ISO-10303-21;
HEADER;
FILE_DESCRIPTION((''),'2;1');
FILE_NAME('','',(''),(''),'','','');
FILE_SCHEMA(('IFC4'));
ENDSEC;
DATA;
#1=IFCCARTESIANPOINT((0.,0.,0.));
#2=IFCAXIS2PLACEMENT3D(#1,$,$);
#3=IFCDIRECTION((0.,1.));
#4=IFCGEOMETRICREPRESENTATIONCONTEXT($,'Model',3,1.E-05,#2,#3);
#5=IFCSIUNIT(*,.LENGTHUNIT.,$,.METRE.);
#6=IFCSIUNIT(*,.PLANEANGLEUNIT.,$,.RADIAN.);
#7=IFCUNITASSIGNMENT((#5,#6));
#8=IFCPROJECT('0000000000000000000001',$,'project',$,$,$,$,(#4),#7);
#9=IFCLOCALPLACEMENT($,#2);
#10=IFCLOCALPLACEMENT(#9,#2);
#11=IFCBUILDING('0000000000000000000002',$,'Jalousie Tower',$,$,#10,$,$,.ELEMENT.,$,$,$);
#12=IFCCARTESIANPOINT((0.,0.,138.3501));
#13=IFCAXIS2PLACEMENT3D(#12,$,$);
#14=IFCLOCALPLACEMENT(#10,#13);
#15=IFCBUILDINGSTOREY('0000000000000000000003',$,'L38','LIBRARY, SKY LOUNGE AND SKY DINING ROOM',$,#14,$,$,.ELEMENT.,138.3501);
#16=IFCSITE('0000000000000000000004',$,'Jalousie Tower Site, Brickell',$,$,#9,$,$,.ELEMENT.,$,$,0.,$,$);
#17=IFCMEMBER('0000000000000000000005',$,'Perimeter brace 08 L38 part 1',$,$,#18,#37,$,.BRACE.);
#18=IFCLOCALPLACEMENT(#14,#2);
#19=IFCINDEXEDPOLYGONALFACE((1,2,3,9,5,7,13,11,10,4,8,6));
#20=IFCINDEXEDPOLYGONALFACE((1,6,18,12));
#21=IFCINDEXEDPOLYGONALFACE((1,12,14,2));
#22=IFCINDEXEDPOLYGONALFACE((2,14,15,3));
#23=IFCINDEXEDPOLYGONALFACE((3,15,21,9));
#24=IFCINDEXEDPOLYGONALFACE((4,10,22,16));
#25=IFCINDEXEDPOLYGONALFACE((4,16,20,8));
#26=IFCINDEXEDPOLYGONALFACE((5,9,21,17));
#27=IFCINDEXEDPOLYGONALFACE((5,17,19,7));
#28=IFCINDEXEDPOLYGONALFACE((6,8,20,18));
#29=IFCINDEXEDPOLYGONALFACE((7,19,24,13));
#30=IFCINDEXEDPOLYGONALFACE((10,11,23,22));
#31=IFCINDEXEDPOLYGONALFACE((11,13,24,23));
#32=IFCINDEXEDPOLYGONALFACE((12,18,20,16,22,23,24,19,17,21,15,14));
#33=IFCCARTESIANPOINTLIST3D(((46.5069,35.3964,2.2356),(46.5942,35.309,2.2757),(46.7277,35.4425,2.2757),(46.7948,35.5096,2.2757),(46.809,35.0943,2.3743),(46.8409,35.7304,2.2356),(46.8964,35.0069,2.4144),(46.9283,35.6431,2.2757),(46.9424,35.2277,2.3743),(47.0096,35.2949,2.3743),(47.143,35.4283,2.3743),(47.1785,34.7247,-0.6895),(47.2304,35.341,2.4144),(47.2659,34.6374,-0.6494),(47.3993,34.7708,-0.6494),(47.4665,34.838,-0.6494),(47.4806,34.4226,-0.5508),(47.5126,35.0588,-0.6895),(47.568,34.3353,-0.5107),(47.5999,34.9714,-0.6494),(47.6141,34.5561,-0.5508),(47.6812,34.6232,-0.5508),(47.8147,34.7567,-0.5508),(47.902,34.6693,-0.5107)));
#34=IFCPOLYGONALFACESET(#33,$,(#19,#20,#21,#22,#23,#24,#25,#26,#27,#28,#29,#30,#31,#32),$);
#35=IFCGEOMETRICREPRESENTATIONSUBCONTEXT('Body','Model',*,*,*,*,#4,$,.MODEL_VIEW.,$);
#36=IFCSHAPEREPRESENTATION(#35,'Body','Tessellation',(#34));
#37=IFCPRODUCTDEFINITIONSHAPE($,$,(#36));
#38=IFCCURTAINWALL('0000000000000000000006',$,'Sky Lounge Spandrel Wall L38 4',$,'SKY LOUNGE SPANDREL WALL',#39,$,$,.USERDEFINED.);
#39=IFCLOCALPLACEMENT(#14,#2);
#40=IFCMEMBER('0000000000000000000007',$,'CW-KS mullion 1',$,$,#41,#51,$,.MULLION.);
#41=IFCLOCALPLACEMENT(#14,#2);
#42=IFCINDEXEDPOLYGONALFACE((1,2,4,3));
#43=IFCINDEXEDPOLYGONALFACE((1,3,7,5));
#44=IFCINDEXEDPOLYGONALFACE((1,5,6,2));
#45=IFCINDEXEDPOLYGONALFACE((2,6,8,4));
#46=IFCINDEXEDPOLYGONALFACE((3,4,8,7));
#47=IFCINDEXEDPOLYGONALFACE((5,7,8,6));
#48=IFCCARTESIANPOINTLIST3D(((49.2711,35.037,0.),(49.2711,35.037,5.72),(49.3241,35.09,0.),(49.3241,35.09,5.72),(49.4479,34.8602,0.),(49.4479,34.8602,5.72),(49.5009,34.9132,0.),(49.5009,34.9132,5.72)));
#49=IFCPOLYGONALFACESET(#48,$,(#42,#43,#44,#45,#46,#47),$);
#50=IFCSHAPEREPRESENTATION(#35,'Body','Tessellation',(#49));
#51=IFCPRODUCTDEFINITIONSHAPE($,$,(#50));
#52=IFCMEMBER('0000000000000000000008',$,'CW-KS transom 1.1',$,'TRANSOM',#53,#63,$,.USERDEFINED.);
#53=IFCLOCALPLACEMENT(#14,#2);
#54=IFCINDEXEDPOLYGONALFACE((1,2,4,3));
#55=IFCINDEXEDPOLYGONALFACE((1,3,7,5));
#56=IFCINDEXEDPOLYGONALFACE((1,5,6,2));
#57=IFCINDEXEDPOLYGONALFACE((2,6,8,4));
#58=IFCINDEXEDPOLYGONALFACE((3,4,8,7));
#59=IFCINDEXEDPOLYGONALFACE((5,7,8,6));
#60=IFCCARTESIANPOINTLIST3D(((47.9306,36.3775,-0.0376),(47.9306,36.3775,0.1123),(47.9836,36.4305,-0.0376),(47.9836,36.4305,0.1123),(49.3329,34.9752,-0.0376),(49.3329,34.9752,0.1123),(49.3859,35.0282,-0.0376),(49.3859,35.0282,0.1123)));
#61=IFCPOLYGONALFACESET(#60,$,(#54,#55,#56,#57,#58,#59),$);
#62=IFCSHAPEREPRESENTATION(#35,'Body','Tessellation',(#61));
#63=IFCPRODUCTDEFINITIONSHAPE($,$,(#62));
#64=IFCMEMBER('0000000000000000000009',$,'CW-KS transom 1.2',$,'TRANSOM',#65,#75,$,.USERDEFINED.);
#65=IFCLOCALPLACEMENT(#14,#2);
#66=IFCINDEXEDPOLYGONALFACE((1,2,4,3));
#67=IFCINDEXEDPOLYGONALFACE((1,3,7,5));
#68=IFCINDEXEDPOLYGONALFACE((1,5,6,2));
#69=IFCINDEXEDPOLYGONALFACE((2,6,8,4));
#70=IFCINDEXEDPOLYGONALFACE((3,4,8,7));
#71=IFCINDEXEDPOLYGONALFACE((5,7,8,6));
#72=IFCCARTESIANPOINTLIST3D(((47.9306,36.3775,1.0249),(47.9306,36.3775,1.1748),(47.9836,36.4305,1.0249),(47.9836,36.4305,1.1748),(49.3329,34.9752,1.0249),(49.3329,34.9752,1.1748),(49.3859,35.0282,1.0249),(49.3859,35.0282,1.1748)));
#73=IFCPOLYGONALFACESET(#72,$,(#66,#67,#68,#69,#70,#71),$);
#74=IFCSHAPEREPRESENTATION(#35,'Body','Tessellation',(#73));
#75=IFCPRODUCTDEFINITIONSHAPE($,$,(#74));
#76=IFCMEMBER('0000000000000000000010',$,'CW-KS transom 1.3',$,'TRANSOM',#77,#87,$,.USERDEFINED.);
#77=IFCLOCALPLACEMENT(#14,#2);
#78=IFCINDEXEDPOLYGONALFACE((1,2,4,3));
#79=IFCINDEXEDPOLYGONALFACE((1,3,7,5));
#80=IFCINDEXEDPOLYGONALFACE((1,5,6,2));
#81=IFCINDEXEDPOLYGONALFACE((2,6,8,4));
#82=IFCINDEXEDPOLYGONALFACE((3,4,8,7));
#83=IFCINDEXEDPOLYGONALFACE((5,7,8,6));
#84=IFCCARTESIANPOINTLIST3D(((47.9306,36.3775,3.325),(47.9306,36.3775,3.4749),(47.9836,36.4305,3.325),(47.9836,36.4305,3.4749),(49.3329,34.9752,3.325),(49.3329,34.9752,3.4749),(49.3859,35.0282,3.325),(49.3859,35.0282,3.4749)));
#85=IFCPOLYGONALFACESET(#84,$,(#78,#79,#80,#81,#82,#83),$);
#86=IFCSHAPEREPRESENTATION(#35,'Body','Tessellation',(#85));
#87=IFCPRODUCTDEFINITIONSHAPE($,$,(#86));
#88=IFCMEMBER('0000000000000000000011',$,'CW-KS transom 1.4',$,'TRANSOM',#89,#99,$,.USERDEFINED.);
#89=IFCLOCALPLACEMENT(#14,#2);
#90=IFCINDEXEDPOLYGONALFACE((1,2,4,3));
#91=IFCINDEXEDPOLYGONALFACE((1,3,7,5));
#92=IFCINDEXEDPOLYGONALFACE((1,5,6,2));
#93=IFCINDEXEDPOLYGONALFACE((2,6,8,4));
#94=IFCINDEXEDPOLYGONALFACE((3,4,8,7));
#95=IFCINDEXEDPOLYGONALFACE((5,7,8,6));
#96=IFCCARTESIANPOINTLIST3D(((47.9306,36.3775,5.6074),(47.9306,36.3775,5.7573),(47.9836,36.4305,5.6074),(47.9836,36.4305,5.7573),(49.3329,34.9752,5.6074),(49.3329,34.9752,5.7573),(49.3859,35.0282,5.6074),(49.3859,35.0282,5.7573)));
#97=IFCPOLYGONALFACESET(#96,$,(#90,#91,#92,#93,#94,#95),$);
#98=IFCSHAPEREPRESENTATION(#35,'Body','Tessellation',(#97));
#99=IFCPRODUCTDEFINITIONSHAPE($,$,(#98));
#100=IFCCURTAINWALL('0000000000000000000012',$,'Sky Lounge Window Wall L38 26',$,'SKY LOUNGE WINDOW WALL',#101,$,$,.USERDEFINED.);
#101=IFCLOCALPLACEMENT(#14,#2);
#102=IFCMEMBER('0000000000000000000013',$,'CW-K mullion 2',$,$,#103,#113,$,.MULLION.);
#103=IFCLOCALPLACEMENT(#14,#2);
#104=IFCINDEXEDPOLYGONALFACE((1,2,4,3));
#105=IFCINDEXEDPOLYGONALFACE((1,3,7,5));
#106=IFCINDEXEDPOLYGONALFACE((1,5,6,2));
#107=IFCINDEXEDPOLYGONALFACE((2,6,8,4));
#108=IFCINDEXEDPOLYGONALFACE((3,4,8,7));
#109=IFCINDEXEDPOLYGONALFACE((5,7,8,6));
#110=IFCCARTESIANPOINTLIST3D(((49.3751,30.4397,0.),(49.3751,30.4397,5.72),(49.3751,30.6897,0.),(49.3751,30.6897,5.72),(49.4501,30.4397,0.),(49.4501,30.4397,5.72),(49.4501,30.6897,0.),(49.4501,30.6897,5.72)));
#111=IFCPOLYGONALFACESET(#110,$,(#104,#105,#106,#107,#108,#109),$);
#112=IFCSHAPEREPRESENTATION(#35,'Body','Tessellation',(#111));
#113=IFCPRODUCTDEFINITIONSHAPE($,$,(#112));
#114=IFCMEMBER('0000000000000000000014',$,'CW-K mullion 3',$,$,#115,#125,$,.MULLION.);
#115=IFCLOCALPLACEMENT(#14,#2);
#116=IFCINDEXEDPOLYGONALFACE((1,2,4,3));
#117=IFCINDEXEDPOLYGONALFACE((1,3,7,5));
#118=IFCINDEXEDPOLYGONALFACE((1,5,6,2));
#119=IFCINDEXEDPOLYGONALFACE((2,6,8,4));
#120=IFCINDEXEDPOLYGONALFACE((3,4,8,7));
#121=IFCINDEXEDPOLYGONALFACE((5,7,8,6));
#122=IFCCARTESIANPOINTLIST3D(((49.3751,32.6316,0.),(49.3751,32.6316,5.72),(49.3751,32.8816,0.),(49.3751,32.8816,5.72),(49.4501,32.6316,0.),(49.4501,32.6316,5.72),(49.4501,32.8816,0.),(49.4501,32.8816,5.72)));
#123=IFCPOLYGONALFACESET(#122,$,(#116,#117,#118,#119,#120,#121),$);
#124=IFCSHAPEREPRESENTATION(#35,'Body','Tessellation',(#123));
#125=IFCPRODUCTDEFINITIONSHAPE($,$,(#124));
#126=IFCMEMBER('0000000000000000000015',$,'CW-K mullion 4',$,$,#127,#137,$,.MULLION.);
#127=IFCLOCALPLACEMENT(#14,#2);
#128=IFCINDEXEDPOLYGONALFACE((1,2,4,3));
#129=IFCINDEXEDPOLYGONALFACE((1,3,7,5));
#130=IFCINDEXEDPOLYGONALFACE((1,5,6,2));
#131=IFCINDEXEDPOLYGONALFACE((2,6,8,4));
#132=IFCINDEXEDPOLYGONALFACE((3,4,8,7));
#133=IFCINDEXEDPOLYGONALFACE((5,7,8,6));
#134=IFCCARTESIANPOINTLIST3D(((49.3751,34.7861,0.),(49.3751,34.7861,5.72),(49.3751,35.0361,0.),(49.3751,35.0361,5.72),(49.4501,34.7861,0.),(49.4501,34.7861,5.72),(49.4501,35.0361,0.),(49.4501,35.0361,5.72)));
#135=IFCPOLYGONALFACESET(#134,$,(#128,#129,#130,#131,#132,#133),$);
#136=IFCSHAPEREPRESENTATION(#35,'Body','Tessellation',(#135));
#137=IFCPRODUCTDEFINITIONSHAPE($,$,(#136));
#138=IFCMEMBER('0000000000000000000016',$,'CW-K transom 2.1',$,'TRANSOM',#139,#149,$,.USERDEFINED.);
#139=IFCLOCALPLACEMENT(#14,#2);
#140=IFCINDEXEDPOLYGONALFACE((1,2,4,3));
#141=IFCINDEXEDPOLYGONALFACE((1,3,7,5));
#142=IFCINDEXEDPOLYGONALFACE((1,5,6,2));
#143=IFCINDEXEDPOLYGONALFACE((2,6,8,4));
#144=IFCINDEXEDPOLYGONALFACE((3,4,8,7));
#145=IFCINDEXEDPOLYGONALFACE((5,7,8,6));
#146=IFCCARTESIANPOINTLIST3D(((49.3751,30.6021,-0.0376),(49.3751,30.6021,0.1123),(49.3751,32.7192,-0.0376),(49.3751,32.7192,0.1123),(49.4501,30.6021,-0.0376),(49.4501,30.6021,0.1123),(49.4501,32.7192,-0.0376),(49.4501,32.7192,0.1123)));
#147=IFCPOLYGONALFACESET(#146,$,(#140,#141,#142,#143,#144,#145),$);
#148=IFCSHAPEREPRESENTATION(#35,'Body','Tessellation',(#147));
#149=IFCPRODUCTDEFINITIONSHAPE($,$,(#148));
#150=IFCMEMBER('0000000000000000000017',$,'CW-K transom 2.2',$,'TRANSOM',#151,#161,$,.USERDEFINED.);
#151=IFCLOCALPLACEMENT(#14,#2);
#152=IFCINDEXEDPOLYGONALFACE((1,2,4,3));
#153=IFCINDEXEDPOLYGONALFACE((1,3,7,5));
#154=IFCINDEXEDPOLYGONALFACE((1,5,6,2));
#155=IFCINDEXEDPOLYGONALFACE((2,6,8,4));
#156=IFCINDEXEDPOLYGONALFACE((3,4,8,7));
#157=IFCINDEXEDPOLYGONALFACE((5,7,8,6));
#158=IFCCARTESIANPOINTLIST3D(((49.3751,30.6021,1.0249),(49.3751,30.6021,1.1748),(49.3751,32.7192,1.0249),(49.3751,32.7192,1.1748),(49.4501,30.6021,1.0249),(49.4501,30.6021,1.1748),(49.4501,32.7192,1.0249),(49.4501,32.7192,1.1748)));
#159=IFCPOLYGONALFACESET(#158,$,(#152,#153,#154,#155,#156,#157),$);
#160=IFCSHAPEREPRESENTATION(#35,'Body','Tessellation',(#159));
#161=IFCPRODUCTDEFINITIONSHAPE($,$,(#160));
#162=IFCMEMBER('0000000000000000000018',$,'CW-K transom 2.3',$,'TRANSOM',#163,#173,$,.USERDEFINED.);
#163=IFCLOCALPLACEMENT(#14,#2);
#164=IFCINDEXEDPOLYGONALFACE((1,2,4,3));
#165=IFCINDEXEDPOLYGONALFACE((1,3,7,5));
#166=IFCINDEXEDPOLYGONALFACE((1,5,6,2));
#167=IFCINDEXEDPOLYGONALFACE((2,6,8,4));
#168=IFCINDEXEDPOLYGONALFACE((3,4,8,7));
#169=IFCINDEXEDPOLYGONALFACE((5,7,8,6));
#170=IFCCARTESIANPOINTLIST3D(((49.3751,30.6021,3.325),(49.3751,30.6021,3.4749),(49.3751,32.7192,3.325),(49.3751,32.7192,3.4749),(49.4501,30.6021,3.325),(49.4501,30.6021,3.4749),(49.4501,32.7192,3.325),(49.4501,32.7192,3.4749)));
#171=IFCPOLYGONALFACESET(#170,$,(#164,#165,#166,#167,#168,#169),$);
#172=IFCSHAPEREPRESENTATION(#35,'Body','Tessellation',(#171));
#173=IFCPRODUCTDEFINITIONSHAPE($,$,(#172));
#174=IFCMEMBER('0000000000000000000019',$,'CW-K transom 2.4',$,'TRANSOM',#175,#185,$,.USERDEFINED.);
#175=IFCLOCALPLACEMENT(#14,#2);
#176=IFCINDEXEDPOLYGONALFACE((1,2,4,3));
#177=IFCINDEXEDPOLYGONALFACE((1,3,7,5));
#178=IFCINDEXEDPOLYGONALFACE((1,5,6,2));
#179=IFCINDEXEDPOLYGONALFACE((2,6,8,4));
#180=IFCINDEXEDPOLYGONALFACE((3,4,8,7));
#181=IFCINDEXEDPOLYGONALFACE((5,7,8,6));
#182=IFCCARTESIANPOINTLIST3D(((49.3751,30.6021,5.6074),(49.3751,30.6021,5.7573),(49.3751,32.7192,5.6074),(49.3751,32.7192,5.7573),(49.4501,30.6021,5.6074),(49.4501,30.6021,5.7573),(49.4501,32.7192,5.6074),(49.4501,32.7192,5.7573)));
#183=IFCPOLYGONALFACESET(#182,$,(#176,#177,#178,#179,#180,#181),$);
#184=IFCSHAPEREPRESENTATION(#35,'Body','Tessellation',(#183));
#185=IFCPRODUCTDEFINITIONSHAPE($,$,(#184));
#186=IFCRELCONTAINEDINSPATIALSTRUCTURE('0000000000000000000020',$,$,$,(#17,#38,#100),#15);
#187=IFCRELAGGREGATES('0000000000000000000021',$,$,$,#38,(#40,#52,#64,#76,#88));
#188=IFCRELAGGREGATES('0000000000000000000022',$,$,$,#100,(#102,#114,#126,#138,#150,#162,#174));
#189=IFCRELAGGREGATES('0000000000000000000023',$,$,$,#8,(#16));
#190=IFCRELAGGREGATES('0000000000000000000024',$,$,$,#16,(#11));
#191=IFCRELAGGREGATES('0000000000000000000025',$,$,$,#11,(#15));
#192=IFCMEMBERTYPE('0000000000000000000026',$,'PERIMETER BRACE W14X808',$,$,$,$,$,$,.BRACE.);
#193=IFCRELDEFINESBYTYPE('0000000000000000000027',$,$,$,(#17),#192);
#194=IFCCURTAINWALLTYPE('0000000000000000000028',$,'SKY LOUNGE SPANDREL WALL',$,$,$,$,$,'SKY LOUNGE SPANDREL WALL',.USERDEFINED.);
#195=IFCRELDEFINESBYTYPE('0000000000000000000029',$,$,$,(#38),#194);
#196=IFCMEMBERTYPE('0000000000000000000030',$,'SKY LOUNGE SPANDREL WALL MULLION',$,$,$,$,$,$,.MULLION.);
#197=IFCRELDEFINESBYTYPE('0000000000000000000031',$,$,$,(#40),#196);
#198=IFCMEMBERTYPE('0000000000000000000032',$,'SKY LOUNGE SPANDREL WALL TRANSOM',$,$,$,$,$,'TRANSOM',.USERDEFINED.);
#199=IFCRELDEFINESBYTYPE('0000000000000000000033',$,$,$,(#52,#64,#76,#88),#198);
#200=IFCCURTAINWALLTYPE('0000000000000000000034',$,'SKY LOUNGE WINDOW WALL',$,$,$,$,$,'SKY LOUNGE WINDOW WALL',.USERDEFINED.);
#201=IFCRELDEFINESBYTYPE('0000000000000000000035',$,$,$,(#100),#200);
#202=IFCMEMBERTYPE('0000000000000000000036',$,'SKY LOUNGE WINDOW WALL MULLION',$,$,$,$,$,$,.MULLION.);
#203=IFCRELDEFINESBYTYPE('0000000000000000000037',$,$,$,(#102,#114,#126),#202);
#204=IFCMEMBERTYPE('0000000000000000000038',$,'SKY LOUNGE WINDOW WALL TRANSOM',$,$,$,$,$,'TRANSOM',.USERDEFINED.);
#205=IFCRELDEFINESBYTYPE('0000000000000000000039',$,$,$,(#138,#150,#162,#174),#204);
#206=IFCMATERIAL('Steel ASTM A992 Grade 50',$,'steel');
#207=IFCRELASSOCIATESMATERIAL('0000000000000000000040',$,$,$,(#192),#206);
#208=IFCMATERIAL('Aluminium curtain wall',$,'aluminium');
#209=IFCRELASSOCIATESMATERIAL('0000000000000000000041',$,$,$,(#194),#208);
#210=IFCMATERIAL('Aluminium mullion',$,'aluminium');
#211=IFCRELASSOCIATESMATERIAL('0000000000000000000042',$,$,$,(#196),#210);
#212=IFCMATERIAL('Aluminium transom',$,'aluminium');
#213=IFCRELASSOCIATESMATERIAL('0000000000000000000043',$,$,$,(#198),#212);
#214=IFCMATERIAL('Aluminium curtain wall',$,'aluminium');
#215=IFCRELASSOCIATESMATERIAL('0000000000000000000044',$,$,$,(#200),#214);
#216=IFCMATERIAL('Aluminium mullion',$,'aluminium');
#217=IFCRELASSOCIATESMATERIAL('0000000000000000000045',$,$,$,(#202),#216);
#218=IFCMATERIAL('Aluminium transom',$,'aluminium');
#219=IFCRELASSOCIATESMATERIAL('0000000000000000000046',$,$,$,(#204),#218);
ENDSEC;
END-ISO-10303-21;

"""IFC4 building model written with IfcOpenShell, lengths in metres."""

from ifc_helpers import new_model, si_unit, direction, frame, origin, origin_2d, place, context, subcontext, project, spatial, rectangle, i_section, extrude, material, material_profile, profile_set, type_object, element, aggregate, save


model = new_model("IFC4")

# Units and contexts
model_context = context("Model", 3, precision=1e-05, world=origin(), true_north=direction((0.0, 1.0)))
body_context = subcontext(model_context, "Body", "Model", "MODEL_VIEW")
ifc_project = project(units=[si_unit("LENGTHUNIT", "METRE"), si_unit("PLANEANGLEUNIT", "RADIAN")], contexts=[model_context])

# Site, building, storey
site_placement = place(None, origin())
site = spatial("IfcSite", under=ifc_project, at=site_placement, Name="Jalousie Tower Site, Brickell", CompositionType="ELEMENT", RefElevation=0.0)
building_placement = place(site_placement, origin())
building = spatial("IfcBuilding", under=site, at=building_placement, Name="Jalousie Tower", CompositionType="ELEMENT")
storey_placement = place(building_placement, frame((0.0, 0.0, 138.3501)))
storey = spatial("IfcBuildingStorey", under=building, at=storey_placement, Name="L38", Description="LIBRARY, SKY LOUNGE AND SKY DINING ROOM", CompositionType="ELEMENT", Elevation=138.3501)

# Member
ifc_material_1 = material(Name="Steel ASTM A992 Grade 50", Category="steel")
ifc_material_profile_1 = material_profile(ifc_material_1, i_section(OverallWidth=0.4724, OverallDepth=0.5791, WebThickness=0.095, FlangeThickness=0.1299, at=origin_2d()), Name="W14X808")
ifc_profile_set_1 = profile_set([ifc_material_profile_1], Name="Steel ASTM A992 Grade 50")
member_type_1 = type_object("IfcMemberType", Name="PERIMETER BRACE W14X808", PredefinedType="BRACE", material=ifc_profile_set_1)
member_1_placement = place(storey_placement, frame((47.5403, 34.697, -0.6001), z_axis=(-0.218388, 0.218388, 0.951112), x_axis=(-0.707107, -0.707107, 0.0)))
element("IfcMember", 1, at=member_1_placement, inside=storey, type_object=member_type_1, Name="Perimeter brace 08 L38 part 1", PredefinedType="BRACE", context=body_context, shape_type="SweptSolid", body=[
    extrude(i_section(OverallWidth=0.4724, OverallDepth=0.5791, WebThickness=0.095, FlangeThickness=0.1299, at=origin_2d()), origin(), (0.0, 0.0, 1.0), 3.0754),
])

# Curtain wall, members
ifc_material_2 = material(Name="Aluminium curtain wall", Category="aluminium")
curtain_wall_type_1 = type_object("IfcCurtainWallType", Name="SKY LOUNGE SPANDREL WALL", ElementType="SKY LOUNGE SPANDREL WALL", PredefinedType="USERDEFINED", material=ifc_material_2)
curtain_wall_1_placement = place(storey_placement, origin())
curtain_wall_1 = element("IfcCurtainWall", 2, at=curtain_wall_1_placement, inside=storey, type_object=curtain_wall_type_1, Name="Sky Lounge Spandrel Wall L38 4", ObjectType="SKY LOUNGE SPANDREL WALL", PredefinedType="USERDEFINED")
ifc_material_3 = material(Name="Aluminium mullion", Category="aluminium")
ifc_material_profile_2 = material_profile(ifc_material_3, rectangle(XDim=0.075, YDim=0.25, at=origin_2d()), Name="MULLION 75x250")
ifc_profile_set_2 = profile_set([ifc_material_profile_2], Name="Aluminium mullion")
member_type_2 = type_object("IfcMemberType", Name="SKY LOUNGE SPANDREL WALL MULLION", PredefinedType="MULLION", material=ifc_profile_set_2)
member_2_placement = place(storey_placement, frame((49.386, 34.9751, 0.0), z_axis=(0.0, 0.0, 1.0), x_axis=(-0.707107, -0.707107, 0.0)))
member_2 = element("IfcMember", 3, at=member_2_placement, type_object=member_type_2, Name="CW-KS mullion 1", PredefinedType="MULLION", context=body_context, shape_type="SweptSolid", body=[
    extrude(rectangle(XDim=0.075, YDim=0.25, at=origin_2d()), origin(), (0.0, 0.0, 1.0), 5.72),
])
ifc_material_4 = material(Name="Aluminium transom", Category="aluminium")
ifc_material_profile_3 = material_profile(ifc_material_4, rectangle(XDim=0.075, YDim=0.1499, at=origin_2d()), Name="TRANSOM 75x150")
ifc_profile_set_3 = profile_set([ifc_material_profile_3], Name="Aluminium transom")
member_type_3 = type_object("IfcMemberType", Name="SKY LOUNGE SPANDREL WALL TRANSOM", ElementType="TRANSOM", PredefinedType="USERDEFINED", material=ifc_profile_set_3)
member_3_placement = place(storey_placement, frame((49.3594, 35.0017, 0.0374), z_axis=(-0.707107, 0.707107, 0.0), x_axis=(-0.707107, -0.707107, 0.0)))
member_3 = element("IfcMember", 4, at=member_3_placement, type_object=member_type_3, Name="CW-KS transom 1.1", ObjectType="TRANSOM", PredefinedType="USERDEFINED", context=body_context, shape_type="SweptSolid", body=[
    extrude(rectangle(XDim=0.075, YDim=0.1499, at=origin_2d()), origin(), (0.0, 0.0, 1.0), 1.9832),
])
member_4_placement = place(storey_placement, frame((49.3594, 35.0017, 1.0999), z_axis=(-0.707107, 0.707107, 0.0), x_axis=(-0.707107, -0.707107, 0.0)))
member_4 = element("IfcMember", 5, at=member_4_placement, type_object=member_type_3, Name="CW-KS transom 1.2", ObjectType="TRANSOM", PredefinedType="USERDEFINED", context=body_context, shape_type="SweptSolid", body=[
    extrude(rectangle(XDim=0.075, YDim=0.1499, at=origin_2d()), origin(), (0.0, 0.0, 1.0), 1.9832),
])
member_5_placement = place(storey_placement, frame((49.3594, 35.0017, 3.3999), z_axis=(-0.707107, 0.707107, 0.0), x_axis=(-0.707107, -0.707107, 0.0)))
member_5 = element("IfcMember", 6, at=member_5_placement, type_object=member_type_3, Name="CW-KS transom 1.3", ObjectType="TRANSOM", PredefinedType="USERDEFINED", context=body_context, shape_type="SweptSolid", body=[
    extrude(rectangle(XDim=0.075, YDim=0.1499, at=origin_2d()), origin(), (0.0, 0.0, 1.0), 1.9832),
])
member_6_placement = place(storey_placement, frame((49.3594, 35.0017, 5.6824), z_axis=(-0.707107, 0.707107, 0.0), x_axis=(-0.707107, -0.707107, 0.0)))
member_6 = element("IfcMember", 7, at=member_6_placement, type_object=member_type_3, Name="CW-KS transom 1.4", ObjectType="TRANSOM", PredefinedType="USERDEFINED", context=body_context, shape_type="SweptSolid", body=[
    extrude(rectangle(XDim=0.075, YDim=0.1499, at=origin_2d()), origin(), (0.0, 0.0, 1.0), 1.9832),
])
aggregate(curtain_wall_1, [member_2, member_3, member_4, member_5, member_6])

# Curtain wall, members
ifc_material_5 = material(Name="Aluminium curtain wall", Category="aluminium")
curtain_wall_type_2 = type_object("IfcCurtainWallType", Name="SKY LOUNGE WINDOW WALL", ElementType="SKY LOUNGE WINDOW WALL", PredefinedType="USERDEFINED", material=ifc_material_5)
curtain_wall_2_placement = place(storey_placement, origin())
curtain_wall_2 = element("IfcCurtainWall", 8, at=curtain_wall_2_placement, inside=storey, type_object=curtain_wall_type_2, Name="Sky Lounge Window Wall L38 26", ObjectType="SKY LOUNGE WINDOW WALL", PredefinedType="USERDEFINED")
ifc_material_6 = material(Name="Aluminium mullion", Category="aluminium")
ifc_material_profile_4 = material_profile(ifc_material_6, rectangle(XDim=0.075, YDim=0.25, at=origin_2d()), Name="MULLION 75x250")
ifc_profile_set_4 = profile_set([ifc_material_profile_4], Name="Aluminium mullion")
member_type_4 = type_object("IfcMemberType", Name="SKY LOUNGE WINDOW WALL MULLION", PredefinedType="MULLION", material=ifc_profile_set_4)
member_7_placement = place(storey_placement, frame((49.4126, 30.5647, 0.0), z_axis=(0.0, 0.0, 1.0), x_axis=(-1.0, 0.0, 0.0)))
member_7 = element("IfcMember", 9, at=member_7_placement, type_object=member_type_4, Name="CW-K mullion 2", PredefinedType="MULLION", context=body_context, shape_type="SweptSolid", body=[
    extrude(rectangle(XDim=0.075, YDim=0.25, at=origin_2d()), origin(), (0.0, 0.0, 1.0), 5.72),
])
member_8_placement = place(storey_placement, frame((49.4126, 32.7566, 0.0), z_axis=(0.0, 0.0, 1.0), x_axis=(-1.0, 0.0, 0.0)))
member_8 = element("IfcMember", 10, at=member_8_placement, type_object=member_type_4, Name="CW-K mullion 3", PredefinedType="MULLION", context=body_context, shape_type="SweptSolid", body=[
    extrude(rectangle(XDim=0.075, YDim=0.25, at=origin_2d()), origin(), (0.0, 0.0, 1.0), 5.72),
])
member_9_placement = place(storey_placement, frame((49.4126, 34.9111, 0.0), z_axis=(0.0, 0.0, 1.0), x_axis=(-1.0, 0.0, 0.0)))
member_9 = element("IfcMember", 11, at=member_9_placement, type_object=member_type_4, Name="CW-K mullion 4", PredefinedType="MULLION", context=body_context, shape_type="SweptSolid", body=[
    extrude(rectangle(XDim=0.075, YDim=0.25, at=origin_2d()), origin(), (0.0, 0.0, 1.0), 5.72),
])
ifc_material_7 = material(Name="Aluminium transom", Category="aluminium")
ifc_material_profile_5 = material_profile(ifc_material_7, rectangle(XDim=0.075, YDim=0.1499, at=origin_2d()), Name="TRANSOM 75x150")
ifc_profile_set_5 = profile_set([ifc_material_profile_5], Name="Aluminium transom")
member_type_5 = type_object("IfcMemberType", Name="SKY LOUNGE WINDOW WALL TRANSOM", ElementType="TRANSOM", PredefinedType="USERDEFINED", material=ifc_profile_set_5)
member_10_placement = place(storey_placement, frame((49.4126, 30.6021, 0.0374), z_axis=(0.0, 1.0, 0.0), x_axis=(-1.0, 0.0, 0.0)))
member_10 = element("IfcMember", 12, at=member_10_placement, type_object=member_type_5, Name="CW-K transom 2.1", ObjectType="TRANSOM", PredefinedType="USERDEFINED", context=body_context, shape_type="SweptSolid", body=[
    extrude(rectangle(XDim=0.075, YDim=0.1499, at=origin_2d()), origin(), (0.0, 0.0, 1.0), 2.1172),
])
member_11_placement = place(storey_placement, frame((49.4126, 30.6021, 1.0999), z_axis=(0.0, 1.0, 0.0), x_axis=(-1.0, 0.0, 0.0)))
member_11 = element("IfcMember", 13, at=member_11_placement, type_object=member_type_5, Name="CW-K transom 2.2", ObjectType="TRANSOM", PredefinedType="USERDEFINED", context=body_context, shape_type="SweptSolid", body=[
    extrude(rectangle(XDim=0.075, YDim=0.1499, at=origin_2d()), origin(), (0.0, 0.0, 1.0), 2.1172),
])
member_12_placement = place(storey_placement, frame((49.4126, 30.6021, 3.3999), z_axis=(0.0, 1.0, 0.0), x_axis=(-1.0, 0.0, 0.0)))
member_12 = element("IfcMember", 14, at=member_12_placement, type_object=member_type_5, Name="CW-K transom 2.3", ObjectType="TRANSOM", PredefinedType="USERDEFINED", context=body_context, shape_type="SweptSolid", body=[
    extrude(rectangle(XDim=0.075, YDim=0.1499, at=origin_2d()), origin(), (0.0, 0.0, 1.0), 2.1172),
])
member_13_placement = place(storey_placement, frame((49.4126, 30.6021, 5.6824), z_axis=(0.0, 1.0, 0.0), x_axis=(-1.0, 0.0, 0.0)))
member_13 = element("IfcMember", 15, at=member_13_placement, type_object=member_type_5, Name="CW-K transom 2.4", ObjectType="TRANSOM", PredefinedType="USERDEFINED", context=body_context, shape_type="SweptSolid", body=[
    extrude(rectangle(XDim=0.075, YDim=0.1499, at=origin_2d()), origin(), (0.0, 0.0, 1.0), 2.1172),
])
aggregate(curtain_wall_2, [member_7, member_8, member_9, member_10, member_11, member_12, member_13])

save(model, "model.ifc")
